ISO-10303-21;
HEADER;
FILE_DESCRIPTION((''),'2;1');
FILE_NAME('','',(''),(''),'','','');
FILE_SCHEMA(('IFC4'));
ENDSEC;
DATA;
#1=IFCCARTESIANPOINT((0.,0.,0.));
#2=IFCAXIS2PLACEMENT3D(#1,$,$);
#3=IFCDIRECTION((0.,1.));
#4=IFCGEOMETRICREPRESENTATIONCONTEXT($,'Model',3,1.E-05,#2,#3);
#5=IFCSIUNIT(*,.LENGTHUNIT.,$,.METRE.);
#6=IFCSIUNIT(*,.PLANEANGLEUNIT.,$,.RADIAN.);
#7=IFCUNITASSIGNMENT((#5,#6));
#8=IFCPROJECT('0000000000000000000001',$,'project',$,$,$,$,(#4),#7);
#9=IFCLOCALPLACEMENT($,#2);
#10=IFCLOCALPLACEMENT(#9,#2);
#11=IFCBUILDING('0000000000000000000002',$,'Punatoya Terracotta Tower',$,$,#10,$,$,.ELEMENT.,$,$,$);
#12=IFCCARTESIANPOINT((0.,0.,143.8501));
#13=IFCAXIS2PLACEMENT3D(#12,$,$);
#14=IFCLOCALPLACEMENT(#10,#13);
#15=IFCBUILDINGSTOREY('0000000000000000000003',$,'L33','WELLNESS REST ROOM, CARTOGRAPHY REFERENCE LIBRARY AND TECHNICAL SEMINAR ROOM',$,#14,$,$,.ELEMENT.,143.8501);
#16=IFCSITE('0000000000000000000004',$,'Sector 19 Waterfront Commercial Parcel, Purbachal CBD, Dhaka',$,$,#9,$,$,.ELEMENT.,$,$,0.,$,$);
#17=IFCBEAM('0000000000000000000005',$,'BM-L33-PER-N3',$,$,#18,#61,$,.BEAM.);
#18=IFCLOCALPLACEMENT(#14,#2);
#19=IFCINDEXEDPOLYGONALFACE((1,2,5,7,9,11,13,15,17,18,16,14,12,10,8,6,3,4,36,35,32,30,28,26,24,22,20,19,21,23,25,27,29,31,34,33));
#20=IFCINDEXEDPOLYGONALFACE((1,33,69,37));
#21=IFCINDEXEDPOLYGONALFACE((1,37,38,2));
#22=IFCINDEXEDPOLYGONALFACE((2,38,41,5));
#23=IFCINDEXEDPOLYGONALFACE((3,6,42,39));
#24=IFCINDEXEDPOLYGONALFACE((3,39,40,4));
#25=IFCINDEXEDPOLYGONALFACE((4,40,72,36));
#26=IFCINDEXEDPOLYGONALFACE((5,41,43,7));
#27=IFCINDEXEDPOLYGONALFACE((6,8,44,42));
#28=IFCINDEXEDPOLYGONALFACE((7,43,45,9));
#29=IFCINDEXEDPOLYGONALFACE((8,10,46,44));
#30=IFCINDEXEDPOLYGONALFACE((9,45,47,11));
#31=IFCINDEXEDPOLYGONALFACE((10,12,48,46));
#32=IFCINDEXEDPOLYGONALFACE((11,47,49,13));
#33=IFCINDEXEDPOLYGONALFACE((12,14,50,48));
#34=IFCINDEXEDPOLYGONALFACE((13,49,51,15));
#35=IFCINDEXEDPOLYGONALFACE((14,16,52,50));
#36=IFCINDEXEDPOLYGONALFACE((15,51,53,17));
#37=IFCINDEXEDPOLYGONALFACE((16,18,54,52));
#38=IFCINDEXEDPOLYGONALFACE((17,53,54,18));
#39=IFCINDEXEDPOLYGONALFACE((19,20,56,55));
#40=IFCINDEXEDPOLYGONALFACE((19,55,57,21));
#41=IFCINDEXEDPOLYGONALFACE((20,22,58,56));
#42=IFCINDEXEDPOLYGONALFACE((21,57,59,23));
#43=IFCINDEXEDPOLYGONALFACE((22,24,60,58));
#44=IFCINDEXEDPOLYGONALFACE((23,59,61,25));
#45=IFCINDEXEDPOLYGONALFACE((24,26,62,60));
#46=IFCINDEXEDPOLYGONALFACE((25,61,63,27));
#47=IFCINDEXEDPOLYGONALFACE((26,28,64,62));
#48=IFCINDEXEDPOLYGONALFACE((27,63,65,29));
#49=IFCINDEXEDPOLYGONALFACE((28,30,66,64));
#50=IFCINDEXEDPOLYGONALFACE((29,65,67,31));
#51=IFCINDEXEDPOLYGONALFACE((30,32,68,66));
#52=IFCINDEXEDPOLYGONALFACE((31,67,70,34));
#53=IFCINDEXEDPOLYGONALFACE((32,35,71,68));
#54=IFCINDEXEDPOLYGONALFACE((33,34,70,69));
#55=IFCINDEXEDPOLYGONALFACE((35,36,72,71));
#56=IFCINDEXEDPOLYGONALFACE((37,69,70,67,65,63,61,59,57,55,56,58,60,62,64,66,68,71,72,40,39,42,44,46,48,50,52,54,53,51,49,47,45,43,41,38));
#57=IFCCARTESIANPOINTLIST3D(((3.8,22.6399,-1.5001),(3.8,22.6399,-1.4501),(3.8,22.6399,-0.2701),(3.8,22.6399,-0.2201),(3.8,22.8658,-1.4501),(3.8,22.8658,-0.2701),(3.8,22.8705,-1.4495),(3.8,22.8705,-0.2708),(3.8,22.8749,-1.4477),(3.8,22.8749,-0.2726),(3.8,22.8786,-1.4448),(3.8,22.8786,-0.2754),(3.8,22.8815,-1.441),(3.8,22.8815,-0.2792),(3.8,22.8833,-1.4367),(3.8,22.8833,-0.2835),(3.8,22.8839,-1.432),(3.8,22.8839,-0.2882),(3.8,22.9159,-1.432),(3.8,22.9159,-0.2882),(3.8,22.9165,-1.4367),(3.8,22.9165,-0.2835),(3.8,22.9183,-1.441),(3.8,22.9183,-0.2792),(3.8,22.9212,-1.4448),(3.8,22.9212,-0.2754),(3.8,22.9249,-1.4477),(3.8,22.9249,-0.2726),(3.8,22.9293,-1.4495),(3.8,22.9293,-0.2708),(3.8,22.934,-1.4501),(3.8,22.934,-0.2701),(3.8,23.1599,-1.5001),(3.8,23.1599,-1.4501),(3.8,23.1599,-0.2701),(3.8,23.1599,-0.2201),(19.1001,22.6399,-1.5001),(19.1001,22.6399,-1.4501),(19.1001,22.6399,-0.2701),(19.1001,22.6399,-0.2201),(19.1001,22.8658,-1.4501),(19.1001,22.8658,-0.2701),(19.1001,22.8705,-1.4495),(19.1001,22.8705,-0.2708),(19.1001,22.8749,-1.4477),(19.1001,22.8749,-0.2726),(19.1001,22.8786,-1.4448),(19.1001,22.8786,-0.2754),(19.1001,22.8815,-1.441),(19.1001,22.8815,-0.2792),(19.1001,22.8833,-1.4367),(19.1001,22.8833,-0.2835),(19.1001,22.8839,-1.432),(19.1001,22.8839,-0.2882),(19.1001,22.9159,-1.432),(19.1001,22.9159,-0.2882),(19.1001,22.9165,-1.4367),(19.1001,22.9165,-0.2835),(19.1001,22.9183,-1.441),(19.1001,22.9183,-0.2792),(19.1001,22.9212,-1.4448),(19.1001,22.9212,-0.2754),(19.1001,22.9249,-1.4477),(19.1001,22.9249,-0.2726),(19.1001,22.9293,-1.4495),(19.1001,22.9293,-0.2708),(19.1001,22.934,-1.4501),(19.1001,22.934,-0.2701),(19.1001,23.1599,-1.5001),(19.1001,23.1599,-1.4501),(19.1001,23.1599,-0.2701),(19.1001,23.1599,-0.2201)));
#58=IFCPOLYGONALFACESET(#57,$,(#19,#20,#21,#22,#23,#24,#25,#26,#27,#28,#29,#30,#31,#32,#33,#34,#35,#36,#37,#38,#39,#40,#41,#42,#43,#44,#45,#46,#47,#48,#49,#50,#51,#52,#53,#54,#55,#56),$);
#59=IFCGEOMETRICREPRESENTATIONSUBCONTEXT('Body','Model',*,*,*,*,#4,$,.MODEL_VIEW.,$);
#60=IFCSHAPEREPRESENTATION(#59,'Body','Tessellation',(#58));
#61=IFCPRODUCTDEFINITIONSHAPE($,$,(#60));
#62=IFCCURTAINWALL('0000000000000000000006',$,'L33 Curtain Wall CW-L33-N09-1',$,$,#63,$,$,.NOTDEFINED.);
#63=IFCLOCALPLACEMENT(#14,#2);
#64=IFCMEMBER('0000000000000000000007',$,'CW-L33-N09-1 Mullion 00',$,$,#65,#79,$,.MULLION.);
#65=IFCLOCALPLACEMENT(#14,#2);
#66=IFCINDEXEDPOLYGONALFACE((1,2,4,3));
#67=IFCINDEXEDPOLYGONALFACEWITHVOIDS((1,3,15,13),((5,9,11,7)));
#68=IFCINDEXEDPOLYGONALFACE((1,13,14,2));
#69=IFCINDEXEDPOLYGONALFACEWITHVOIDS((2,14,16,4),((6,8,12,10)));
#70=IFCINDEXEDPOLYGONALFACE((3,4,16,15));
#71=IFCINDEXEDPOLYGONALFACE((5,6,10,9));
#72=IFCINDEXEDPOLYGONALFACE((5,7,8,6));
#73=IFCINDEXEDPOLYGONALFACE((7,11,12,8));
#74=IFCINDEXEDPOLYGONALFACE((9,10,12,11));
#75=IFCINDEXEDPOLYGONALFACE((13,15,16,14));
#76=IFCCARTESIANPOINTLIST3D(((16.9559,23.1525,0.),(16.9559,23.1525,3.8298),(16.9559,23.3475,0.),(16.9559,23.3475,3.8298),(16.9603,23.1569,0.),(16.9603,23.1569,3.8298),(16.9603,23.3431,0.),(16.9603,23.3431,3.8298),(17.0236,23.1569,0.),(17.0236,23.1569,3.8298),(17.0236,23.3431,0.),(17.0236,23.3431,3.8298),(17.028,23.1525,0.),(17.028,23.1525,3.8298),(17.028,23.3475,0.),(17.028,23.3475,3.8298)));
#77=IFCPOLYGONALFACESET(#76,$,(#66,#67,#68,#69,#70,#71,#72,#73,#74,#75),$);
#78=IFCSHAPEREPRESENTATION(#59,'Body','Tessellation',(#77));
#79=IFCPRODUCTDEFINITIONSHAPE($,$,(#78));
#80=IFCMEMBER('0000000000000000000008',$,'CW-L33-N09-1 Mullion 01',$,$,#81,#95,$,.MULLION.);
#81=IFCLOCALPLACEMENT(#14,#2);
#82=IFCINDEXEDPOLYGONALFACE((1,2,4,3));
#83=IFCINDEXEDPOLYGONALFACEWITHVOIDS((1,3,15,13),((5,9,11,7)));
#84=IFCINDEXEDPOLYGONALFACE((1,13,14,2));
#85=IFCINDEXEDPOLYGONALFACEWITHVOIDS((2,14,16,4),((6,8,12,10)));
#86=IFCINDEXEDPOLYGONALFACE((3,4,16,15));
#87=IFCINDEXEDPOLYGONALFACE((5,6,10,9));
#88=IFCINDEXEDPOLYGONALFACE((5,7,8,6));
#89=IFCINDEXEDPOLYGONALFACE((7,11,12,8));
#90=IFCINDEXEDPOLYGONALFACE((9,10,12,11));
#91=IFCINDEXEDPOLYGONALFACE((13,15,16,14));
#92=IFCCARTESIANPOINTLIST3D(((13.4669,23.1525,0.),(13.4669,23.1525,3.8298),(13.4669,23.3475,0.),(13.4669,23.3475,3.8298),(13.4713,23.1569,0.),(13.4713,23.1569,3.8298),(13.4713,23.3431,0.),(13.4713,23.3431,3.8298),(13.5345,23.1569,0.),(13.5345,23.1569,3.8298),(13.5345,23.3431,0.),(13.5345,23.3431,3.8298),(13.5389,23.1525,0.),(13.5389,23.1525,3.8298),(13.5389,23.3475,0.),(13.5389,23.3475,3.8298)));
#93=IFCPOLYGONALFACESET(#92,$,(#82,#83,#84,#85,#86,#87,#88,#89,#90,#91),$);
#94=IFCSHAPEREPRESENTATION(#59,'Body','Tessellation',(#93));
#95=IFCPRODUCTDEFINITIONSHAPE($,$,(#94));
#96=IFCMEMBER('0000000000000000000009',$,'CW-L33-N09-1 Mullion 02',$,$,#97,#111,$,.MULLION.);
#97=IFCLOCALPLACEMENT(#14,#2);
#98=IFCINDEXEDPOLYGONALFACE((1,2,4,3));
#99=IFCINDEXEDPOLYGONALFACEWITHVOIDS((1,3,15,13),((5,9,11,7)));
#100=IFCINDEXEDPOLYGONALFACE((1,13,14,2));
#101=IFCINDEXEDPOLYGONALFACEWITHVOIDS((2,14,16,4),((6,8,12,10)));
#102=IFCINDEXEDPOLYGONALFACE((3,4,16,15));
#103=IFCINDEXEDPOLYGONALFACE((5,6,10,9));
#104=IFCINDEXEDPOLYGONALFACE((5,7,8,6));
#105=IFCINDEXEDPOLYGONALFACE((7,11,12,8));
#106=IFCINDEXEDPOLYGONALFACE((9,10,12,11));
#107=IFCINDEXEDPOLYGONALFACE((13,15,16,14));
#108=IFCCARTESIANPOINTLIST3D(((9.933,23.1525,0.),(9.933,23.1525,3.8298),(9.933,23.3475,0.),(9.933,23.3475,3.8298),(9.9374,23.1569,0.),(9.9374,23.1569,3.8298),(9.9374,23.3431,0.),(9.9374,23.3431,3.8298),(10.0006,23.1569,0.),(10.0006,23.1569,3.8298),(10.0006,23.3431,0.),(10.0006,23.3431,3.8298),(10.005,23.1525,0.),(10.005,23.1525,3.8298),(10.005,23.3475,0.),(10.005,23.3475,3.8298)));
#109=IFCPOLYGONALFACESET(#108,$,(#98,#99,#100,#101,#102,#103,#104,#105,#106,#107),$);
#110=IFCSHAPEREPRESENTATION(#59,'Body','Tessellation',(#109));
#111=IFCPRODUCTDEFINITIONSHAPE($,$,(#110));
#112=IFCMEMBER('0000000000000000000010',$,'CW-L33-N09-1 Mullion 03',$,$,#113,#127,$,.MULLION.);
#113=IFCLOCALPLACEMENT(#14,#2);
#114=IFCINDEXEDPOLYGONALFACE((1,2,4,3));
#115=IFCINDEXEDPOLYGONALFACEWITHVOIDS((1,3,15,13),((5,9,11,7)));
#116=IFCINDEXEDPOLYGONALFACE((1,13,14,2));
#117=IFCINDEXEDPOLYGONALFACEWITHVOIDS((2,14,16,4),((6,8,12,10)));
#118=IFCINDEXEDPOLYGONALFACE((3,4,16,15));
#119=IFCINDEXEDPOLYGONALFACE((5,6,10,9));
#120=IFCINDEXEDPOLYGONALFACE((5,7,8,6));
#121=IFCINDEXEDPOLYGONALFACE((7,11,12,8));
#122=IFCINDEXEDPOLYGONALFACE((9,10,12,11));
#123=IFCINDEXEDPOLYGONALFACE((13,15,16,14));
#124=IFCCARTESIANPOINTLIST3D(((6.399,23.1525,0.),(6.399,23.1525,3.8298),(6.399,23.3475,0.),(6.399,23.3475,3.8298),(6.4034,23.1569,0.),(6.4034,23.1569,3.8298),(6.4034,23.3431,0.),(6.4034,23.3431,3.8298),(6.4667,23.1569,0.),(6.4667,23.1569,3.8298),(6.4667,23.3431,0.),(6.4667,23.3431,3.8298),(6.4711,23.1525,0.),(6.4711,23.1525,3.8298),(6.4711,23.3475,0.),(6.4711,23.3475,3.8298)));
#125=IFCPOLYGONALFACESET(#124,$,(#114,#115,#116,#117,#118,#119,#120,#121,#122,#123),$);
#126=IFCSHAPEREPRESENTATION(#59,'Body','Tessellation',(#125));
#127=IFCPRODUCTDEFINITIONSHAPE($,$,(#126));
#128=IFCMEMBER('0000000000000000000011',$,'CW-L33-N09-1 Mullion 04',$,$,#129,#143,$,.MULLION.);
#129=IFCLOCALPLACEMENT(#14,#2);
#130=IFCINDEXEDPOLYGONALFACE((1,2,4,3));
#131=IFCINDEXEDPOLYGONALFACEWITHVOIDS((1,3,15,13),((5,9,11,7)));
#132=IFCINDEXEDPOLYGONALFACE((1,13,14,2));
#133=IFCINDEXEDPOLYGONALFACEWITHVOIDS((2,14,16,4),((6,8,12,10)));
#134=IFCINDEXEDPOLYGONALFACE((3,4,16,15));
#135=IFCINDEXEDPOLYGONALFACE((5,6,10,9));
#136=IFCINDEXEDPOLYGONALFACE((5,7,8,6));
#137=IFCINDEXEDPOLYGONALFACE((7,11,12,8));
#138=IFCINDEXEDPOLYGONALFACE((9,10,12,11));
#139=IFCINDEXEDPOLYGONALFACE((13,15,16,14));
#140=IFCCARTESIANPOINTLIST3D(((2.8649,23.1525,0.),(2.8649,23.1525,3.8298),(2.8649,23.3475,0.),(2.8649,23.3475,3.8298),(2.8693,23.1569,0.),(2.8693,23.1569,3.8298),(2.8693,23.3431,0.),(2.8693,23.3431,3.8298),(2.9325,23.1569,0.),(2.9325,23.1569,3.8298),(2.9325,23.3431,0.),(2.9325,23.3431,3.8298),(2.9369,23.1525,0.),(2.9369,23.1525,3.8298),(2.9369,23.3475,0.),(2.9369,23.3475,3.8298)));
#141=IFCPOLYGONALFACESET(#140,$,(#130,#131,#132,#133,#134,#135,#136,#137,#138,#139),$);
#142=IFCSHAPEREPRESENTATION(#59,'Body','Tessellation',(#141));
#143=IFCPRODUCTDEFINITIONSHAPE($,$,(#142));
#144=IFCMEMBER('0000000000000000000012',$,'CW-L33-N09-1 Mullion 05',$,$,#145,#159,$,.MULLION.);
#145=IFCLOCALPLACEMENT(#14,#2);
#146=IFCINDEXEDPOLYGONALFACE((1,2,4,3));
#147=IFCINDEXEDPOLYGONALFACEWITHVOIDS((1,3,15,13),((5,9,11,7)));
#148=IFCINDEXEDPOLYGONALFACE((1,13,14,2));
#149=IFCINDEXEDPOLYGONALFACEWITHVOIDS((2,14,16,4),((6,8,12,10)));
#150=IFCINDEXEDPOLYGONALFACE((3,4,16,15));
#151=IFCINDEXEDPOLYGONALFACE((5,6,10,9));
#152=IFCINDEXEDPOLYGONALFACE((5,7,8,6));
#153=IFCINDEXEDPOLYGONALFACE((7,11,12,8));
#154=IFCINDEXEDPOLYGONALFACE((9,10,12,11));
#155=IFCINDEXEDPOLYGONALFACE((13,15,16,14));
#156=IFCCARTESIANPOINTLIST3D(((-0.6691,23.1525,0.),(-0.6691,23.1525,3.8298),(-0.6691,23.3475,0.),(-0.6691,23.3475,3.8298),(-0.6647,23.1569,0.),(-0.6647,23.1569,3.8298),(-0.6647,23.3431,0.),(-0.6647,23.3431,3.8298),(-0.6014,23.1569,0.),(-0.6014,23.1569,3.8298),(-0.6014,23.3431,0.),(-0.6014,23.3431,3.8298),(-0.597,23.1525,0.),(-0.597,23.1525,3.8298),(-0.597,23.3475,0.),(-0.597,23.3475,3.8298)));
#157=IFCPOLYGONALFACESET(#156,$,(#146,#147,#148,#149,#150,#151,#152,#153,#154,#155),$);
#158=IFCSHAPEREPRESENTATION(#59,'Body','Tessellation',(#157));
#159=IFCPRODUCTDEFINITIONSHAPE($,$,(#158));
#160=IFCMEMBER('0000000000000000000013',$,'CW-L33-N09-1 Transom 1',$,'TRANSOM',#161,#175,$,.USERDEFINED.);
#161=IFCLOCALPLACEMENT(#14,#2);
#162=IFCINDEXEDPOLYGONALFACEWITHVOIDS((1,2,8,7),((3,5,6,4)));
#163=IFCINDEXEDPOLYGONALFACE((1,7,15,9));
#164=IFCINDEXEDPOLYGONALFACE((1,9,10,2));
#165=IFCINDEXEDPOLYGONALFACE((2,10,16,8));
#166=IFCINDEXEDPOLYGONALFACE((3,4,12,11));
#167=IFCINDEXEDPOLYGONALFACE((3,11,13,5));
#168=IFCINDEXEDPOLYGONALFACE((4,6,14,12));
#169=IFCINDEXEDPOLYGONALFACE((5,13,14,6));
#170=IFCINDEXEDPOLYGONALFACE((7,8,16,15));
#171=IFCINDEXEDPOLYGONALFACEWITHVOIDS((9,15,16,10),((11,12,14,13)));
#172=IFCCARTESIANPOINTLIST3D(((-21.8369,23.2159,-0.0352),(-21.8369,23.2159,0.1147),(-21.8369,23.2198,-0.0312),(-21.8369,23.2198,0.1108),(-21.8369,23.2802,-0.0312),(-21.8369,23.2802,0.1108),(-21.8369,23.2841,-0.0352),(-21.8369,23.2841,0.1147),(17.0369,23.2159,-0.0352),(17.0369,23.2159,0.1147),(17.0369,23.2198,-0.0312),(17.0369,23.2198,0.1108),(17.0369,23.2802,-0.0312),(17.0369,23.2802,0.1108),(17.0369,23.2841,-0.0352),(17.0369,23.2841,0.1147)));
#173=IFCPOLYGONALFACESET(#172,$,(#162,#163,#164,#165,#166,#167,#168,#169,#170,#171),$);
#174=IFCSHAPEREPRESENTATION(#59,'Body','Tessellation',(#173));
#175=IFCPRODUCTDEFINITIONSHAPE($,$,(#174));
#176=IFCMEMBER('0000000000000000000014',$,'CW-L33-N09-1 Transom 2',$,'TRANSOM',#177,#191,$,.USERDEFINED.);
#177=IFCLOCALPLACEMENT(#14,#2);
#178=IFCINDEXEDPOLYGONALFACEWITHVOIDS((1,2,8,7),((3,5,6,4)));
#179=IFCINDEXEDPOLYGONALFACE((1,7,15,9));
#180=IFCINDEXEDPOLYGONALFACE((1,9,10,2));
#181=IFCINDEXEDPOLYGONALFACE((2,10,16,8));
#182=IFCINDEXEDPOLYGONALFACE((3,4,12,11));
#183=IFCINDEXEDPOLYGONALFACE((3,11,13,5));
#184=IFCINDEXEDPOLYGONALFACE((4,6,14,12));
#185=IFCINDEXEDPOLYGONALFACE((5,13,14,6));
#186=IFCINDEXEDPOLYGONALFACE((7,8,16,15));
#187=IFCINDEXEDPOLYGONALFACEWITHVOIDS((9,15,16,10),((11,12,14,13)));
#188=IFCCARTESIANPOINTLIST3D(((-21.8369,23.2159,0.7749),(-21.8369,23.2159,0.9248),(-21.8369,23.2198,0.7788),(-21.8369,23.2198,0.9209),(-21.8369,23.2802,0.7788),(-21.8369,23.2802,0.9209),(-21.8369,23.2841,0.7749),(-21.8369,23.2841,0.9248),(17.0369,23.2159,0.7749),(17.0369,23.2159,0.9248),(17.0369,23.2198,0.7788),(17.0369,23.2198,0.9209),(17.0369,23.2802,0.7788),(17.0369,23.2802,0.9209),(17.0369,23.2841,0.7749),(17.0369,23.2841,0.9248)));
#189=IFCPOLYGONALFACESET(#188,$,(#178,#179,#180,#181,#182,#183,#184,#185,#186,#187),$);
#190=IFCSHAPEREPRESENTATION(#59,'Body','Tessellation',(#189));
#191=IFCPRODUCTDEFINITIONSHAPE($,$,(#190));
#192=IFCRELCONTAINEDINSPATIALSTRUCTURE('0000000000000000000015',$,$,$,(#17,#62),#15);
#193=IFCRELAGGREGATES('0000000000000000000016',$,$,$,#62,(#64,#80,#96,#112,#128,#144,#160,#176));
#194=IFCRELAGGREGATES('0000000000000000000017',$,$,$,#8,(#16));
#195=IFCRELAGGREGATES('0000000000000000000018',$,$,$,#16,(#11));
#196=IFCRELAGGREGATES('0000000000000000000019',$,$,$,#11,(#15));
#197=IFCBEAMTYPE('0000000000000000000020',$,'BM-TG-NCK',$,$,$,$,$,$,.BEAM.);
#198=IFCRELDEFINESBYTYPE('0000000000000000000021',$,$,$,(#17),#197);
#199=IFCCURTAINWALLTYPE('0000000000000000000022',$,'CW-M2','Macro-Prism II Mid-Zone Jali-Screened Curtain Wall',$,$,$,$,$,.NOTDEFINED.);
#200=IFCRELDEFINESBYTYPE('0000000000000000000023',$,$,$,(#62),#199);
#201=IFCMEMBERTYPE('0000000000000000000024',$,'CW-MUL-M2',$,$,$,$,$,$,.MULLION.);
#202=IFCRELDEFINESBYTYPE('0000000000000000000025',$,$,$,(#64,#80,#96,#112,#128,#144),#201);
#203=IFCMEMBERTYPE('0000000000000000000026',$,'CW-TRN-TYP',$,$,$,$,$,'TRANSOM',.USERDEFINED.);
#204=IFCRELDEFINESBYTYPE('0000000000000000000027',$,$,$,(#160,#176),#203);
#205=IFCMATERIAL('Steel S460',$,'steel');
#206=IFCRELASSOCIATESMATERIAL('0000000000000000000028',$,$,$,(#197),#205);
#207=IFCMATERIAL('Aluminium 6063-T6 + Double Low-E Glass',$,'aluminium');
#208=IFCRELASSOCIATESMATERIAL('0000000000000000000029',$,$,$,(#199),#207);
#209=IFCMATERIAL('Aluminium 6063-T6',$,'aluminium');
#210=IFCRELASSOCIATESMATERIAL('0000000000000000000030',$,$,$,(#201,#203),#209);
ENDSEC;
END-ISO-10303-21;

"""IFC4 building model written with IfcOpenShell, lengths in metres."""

from ifc_helpers import new_model, si_unit, direction, frame, origin, origin_2d, place, context, subcontext, project, spatial, hollow_rectangle, i_section, extrude, material, material_profile, profile_set, type_object, element, aggregate, save


model = new_model("IFC4")

# Units and contexts
model_context = context("Model", 3, precision=1e-05, world=origin(), true_north=direction((0.0, 1.0)))
body_context = subcontext(model_context, "Body", "Model", "MODEL_VIEW")
ifc_project = project(units=[si_unit("LENGTHUNIT", "METRE"), si_unit("PLANEANGLEUNIT", "RADIAN")], contexts=[model_context])

# Site, building, storey
site_placement = place(None, origin())
site = spatial("IfcSite", under=ifc_project, at=site_placement, Name="Sector 19 Waterfront Commercial Parcel, Purbachal CBD, Dhaka", CompositionType="ELEMENT", RefElevation=0.0)
building_placement = place(site_placement, origin())
building = spatial("IfcBuilding", under=site, at=building_placement, Name="Punatoya Terracotta Tower", CompositionType="ELEMENT")
storey_placement = place(building_placement, frame((0.0, 0.0, 143.8501)))
storey = spatial("IfcBuildingStorey", under=building, at=storey_placement, Name="L33", Description="WELLNESS REST ROOM, CARTOGRAPHY REFERENCE LIBRARY AND TECHNICAL SEMINAR ROOM", CompositionType="ELEMENT", Elevation=143.8501)

# Shared definitions
ifc_material_1 = material(Name="Steel S460", Category="steel")

# Beam
ifc_material_profile_1 = material_profile(ifc_material_1, i_section(OverallWidth=0.52, OverallDepth=1.28, WebThickness=0.032, FlangeThickness=0.05, FilletRadius=0.0181, at=origin_2d()))
ifc_profile_set_1 = profile_set([ifc_material_profile_1], Name="Steel S460")
beam_type_1 = type_object("IfcBeamType", Name="BM-TG-NCK", PredefinedType="BEAM", material=ifc_profile_set_1)
beam_1_placement = place(storey_placement, frame((3.8, 22.8999, -0.8601), z_axis=(1.0, 0.0, 0.0), x_axis=(0.0, 1.0, 0.0)))
element("IfcBeam", 1, at=beam_1_placement, inside=storey, type_object=beam_type_1, Name="BM-L33-PER-N3", PredefinedType="BEAM", context=body_context, shape_type="SweptSolid", body=[
    extrude(i_section(OverallWidth=0.52, OverallDepth=1.28, WebThickness=0.032, FlangeThickness=0.05, FilletRadius=0.0181, at=origin_2d()), origin(), (0.0, 0.0, 1.0), 15.3),
])

# Curtain wall, members
ifc_material_2 = material(Name="Aluminium 6063-T6 + Double Low-E Glass", Category="aluminium")
curtain_wall_type = type_object("IfcCurtainWallType", Name="CW-M2", Description="Macro-Prism II Mid-Zone Jali-Screened Curtain Wall", PredefinedType="NOTDEFINED", material=ifc_material_2)
curtain_wall_placement = place(storey_placement, origin())
curtain_wall = element("IfcCurtainWall", 2, at=curtain_wall_placement, inside=storey, type_object=curtain_wall_type, Name="L33 Curtain Wall CW-L33-N09-1", PredefinedType="NOTDEFINED")
ifc_material_3 = material(Name="Aluminium 6063-T6", Category="aluminium")
ifc_material_profile_2 = material_profile(ifc_material_3, hollow_rectangle(XDim=0.072, YDim=0.1951, WallThickness=0.0044, at=origin_2d()))
ifc_profile_set_2 = profile_set([ifc_material_profile_2], Name="Aluminium 6063-T6")
member_type_1 = type_object("IfcMemberType", Name="CW-MUL-M2", PredefinedType="MULLION", material=ifc_profile_set_2)
member_1_placement = place(storey_placement, frame((16.9919, 23.25, 0.0), z_axis=(0.0, 0.0, 1.0), x_axis=(1.0, 0.0, 0.0)))
member_1 = element("IfcMember", 3, at=member_1_placement, type_object=member_type_1, Name="CW-L33-N09-1 Mullion 00", PredefinedType="MULLION", context=body_context, shape_type="SweptSolid", body=[
    extrude(hollow_rectangle(XDim=0.072, YDim=0.1951, WallThickness=0.0044, at=origin_2d()), origin(), (0.0, 0.0, 1.0), 3.8298),
])
member_2_placement = place(storey_placement, frame((13.5029, 23.25, 0.0), z_axis=(0.0, 0.0, 1.0), x_axis=(1.0, 0.0, 0.0)))
member_2 = element("IfcMember", 4, at=member_2_placement, type_object=member_type_1, Name="CW-L33-N09-1 Mullion 01", PredefinedType="MULLION", context=body_context, shape_type="SweptSolid", body=[
    extrude(hollow_rectangle(XDim=0.072, YDim=0.1951, WallThickness=0.0044, at=origin_2d()), origin(), (0.0, 0.0, 1.0), 3.8298),
])
member_3_placement = place(storey_placement, frame((9.969, 23.25, 0.0), z_axis=(0.0, 0.0, 1.0), x_axis=(1.0, 0.0, 0.0)))
member_3 = element("IfcMember", 5, at=member_3_placement, type_object=member_type_1, Name="CW-L33-N09-1 Mullion 02", PredefinedType="MULLION", context=body_context, shape_type="SweptSolid", body=[
    extrude(hollow_rectangle(XDim=0.072, YDim=0.1951, WallThickness=0.0044, at=origin_2d()), origin(), (0.0, 0.0, 1.0), 3.8298),
])
member_4_placement = place(storey_placement, frame((6.4351, 23.25, 0.0), z_axis=(0.0, 0.0, 1.0), x_axis=(1.0, 0.0, 0.0)))
member_4 = element("IfcMember", 6, at=member_4_placement, type_object=member_type_1, Name="CW-L33-N09-1 Mullion 03", PredefinedType="MULLION", context=body_context, shape_type="SweptSolid", body=[
    extrude(hollow_rectangle(XDim=0.072, YDim=0.1951, WallThickness=0.0044, at=origin_2d()), origin(), (0.0, 0.0, 1.0), 3.8298),
])
member_5_placement = place(storey_placement, frame((2.9009, 23.25, 0.0), z_axis=(0.0, 0.0, 1.0), x_axis=(1.0, 0.0, 0.0)))
member_5 = element("IfcMember", 7, at=member_5_placement, type_object=member_type_1, Name="CW-L33-N09-1 Mullion 04", PredefinedType="MULLION", context=body_context, shape_type="SweptSolid", body=[
    extrude(hollow_rectangle(XDim=0.072, YDim=0.1951, WallThickness=0.0044, at=origin_2d()), origin(), (0.0, 0.0, 1.0), 3.8298),
])
member_6_placement = place(storey_placement, frame((-0.6331, 23.25, 0.0), z_axis=(0.0, 0.0, 1.0), x_axis=(1.0, 0.0, 0.0)))
member_6 = element("IfcMember", 8, at=member_6_placement, type_object=member_type_1, Name="CW-L33-N09-1 Mullion 05", PredefinedType="MULLION", context=body_context, shape_type="SweptSolid", body=[
    extrude(hollow_rectangle(XDim=0.072, YDim=0.1951, WallThickness=0.0044, at=origin_2d()), origin(), (0.0, 0.0, 1.0), 3.8298),
])
ifc_material_profile_3 = material_profile(ifc_material_3, hollow_rectangle(XDim=0.0681, YDim=0.1499, WallThickness=0.0039, at=origin_2d()))
ifc_profile_set_3 = profile_set([ifc_material_profile_3], Name="Aluminium 6063-T6")
member_type_2 = type_object("IfcMemberType", Name="CW-TRN-TYP", ElementType="TRANSOM", PredefinedType="USERDEFINED", material=ifc_profile_set_3)
member_7_placement = place(storey_placement, frame((17.0369, 23.25, 0.0398), z_axis=(-1.0, 0.0, 0.0), x_axis=(0.0, -1.0, 0.0)))
member_7 = element("IfcMember", 9, at=member_7_placement, type_object=member_type_2, Name="CW-L33-N09-1 Transom 1", ObjectType="TRANSOM", PredefinedType="USERDEFINED", context=body_context, shape_type="SweptSolid", body=[
    extrude(hollow_rectangle(XDim=0.0681, YDim=0.1499, WallThickness=0.0039, at=origin_2d()), origin(), (0.0, 0.0, 1.0), 38.8738),
])
member_8_placement = place(storey_placement, frame((17.0369, 23.25, 0.8499), z_axis=(-1.0, 0.0, 0.0), x_axis=(0.0, -1.0, 0.0)))
member_8 = element("IfcMember", 10, at=member_8_placement, type_object=member_type_2, Name="CW-L33-N09-1 Transom 2", ObjectType="TRANSOM", PredefinedType="USERDEFINED", context=body_context, shape_type="SweptSolid", body=[
    extrude(hollow_rectangle(XDim=0.0681, YDim=0.1499, WallThickness=0.0039, at=origin_2d()), origin(), (0.0, 0.0, 1.0), 38.8738),
])
aggregate(curtain_wall, [member_1, member_2, member_3, member_4, member_5, member_6, member_7, member_8])

save(model, "model.ifc")
